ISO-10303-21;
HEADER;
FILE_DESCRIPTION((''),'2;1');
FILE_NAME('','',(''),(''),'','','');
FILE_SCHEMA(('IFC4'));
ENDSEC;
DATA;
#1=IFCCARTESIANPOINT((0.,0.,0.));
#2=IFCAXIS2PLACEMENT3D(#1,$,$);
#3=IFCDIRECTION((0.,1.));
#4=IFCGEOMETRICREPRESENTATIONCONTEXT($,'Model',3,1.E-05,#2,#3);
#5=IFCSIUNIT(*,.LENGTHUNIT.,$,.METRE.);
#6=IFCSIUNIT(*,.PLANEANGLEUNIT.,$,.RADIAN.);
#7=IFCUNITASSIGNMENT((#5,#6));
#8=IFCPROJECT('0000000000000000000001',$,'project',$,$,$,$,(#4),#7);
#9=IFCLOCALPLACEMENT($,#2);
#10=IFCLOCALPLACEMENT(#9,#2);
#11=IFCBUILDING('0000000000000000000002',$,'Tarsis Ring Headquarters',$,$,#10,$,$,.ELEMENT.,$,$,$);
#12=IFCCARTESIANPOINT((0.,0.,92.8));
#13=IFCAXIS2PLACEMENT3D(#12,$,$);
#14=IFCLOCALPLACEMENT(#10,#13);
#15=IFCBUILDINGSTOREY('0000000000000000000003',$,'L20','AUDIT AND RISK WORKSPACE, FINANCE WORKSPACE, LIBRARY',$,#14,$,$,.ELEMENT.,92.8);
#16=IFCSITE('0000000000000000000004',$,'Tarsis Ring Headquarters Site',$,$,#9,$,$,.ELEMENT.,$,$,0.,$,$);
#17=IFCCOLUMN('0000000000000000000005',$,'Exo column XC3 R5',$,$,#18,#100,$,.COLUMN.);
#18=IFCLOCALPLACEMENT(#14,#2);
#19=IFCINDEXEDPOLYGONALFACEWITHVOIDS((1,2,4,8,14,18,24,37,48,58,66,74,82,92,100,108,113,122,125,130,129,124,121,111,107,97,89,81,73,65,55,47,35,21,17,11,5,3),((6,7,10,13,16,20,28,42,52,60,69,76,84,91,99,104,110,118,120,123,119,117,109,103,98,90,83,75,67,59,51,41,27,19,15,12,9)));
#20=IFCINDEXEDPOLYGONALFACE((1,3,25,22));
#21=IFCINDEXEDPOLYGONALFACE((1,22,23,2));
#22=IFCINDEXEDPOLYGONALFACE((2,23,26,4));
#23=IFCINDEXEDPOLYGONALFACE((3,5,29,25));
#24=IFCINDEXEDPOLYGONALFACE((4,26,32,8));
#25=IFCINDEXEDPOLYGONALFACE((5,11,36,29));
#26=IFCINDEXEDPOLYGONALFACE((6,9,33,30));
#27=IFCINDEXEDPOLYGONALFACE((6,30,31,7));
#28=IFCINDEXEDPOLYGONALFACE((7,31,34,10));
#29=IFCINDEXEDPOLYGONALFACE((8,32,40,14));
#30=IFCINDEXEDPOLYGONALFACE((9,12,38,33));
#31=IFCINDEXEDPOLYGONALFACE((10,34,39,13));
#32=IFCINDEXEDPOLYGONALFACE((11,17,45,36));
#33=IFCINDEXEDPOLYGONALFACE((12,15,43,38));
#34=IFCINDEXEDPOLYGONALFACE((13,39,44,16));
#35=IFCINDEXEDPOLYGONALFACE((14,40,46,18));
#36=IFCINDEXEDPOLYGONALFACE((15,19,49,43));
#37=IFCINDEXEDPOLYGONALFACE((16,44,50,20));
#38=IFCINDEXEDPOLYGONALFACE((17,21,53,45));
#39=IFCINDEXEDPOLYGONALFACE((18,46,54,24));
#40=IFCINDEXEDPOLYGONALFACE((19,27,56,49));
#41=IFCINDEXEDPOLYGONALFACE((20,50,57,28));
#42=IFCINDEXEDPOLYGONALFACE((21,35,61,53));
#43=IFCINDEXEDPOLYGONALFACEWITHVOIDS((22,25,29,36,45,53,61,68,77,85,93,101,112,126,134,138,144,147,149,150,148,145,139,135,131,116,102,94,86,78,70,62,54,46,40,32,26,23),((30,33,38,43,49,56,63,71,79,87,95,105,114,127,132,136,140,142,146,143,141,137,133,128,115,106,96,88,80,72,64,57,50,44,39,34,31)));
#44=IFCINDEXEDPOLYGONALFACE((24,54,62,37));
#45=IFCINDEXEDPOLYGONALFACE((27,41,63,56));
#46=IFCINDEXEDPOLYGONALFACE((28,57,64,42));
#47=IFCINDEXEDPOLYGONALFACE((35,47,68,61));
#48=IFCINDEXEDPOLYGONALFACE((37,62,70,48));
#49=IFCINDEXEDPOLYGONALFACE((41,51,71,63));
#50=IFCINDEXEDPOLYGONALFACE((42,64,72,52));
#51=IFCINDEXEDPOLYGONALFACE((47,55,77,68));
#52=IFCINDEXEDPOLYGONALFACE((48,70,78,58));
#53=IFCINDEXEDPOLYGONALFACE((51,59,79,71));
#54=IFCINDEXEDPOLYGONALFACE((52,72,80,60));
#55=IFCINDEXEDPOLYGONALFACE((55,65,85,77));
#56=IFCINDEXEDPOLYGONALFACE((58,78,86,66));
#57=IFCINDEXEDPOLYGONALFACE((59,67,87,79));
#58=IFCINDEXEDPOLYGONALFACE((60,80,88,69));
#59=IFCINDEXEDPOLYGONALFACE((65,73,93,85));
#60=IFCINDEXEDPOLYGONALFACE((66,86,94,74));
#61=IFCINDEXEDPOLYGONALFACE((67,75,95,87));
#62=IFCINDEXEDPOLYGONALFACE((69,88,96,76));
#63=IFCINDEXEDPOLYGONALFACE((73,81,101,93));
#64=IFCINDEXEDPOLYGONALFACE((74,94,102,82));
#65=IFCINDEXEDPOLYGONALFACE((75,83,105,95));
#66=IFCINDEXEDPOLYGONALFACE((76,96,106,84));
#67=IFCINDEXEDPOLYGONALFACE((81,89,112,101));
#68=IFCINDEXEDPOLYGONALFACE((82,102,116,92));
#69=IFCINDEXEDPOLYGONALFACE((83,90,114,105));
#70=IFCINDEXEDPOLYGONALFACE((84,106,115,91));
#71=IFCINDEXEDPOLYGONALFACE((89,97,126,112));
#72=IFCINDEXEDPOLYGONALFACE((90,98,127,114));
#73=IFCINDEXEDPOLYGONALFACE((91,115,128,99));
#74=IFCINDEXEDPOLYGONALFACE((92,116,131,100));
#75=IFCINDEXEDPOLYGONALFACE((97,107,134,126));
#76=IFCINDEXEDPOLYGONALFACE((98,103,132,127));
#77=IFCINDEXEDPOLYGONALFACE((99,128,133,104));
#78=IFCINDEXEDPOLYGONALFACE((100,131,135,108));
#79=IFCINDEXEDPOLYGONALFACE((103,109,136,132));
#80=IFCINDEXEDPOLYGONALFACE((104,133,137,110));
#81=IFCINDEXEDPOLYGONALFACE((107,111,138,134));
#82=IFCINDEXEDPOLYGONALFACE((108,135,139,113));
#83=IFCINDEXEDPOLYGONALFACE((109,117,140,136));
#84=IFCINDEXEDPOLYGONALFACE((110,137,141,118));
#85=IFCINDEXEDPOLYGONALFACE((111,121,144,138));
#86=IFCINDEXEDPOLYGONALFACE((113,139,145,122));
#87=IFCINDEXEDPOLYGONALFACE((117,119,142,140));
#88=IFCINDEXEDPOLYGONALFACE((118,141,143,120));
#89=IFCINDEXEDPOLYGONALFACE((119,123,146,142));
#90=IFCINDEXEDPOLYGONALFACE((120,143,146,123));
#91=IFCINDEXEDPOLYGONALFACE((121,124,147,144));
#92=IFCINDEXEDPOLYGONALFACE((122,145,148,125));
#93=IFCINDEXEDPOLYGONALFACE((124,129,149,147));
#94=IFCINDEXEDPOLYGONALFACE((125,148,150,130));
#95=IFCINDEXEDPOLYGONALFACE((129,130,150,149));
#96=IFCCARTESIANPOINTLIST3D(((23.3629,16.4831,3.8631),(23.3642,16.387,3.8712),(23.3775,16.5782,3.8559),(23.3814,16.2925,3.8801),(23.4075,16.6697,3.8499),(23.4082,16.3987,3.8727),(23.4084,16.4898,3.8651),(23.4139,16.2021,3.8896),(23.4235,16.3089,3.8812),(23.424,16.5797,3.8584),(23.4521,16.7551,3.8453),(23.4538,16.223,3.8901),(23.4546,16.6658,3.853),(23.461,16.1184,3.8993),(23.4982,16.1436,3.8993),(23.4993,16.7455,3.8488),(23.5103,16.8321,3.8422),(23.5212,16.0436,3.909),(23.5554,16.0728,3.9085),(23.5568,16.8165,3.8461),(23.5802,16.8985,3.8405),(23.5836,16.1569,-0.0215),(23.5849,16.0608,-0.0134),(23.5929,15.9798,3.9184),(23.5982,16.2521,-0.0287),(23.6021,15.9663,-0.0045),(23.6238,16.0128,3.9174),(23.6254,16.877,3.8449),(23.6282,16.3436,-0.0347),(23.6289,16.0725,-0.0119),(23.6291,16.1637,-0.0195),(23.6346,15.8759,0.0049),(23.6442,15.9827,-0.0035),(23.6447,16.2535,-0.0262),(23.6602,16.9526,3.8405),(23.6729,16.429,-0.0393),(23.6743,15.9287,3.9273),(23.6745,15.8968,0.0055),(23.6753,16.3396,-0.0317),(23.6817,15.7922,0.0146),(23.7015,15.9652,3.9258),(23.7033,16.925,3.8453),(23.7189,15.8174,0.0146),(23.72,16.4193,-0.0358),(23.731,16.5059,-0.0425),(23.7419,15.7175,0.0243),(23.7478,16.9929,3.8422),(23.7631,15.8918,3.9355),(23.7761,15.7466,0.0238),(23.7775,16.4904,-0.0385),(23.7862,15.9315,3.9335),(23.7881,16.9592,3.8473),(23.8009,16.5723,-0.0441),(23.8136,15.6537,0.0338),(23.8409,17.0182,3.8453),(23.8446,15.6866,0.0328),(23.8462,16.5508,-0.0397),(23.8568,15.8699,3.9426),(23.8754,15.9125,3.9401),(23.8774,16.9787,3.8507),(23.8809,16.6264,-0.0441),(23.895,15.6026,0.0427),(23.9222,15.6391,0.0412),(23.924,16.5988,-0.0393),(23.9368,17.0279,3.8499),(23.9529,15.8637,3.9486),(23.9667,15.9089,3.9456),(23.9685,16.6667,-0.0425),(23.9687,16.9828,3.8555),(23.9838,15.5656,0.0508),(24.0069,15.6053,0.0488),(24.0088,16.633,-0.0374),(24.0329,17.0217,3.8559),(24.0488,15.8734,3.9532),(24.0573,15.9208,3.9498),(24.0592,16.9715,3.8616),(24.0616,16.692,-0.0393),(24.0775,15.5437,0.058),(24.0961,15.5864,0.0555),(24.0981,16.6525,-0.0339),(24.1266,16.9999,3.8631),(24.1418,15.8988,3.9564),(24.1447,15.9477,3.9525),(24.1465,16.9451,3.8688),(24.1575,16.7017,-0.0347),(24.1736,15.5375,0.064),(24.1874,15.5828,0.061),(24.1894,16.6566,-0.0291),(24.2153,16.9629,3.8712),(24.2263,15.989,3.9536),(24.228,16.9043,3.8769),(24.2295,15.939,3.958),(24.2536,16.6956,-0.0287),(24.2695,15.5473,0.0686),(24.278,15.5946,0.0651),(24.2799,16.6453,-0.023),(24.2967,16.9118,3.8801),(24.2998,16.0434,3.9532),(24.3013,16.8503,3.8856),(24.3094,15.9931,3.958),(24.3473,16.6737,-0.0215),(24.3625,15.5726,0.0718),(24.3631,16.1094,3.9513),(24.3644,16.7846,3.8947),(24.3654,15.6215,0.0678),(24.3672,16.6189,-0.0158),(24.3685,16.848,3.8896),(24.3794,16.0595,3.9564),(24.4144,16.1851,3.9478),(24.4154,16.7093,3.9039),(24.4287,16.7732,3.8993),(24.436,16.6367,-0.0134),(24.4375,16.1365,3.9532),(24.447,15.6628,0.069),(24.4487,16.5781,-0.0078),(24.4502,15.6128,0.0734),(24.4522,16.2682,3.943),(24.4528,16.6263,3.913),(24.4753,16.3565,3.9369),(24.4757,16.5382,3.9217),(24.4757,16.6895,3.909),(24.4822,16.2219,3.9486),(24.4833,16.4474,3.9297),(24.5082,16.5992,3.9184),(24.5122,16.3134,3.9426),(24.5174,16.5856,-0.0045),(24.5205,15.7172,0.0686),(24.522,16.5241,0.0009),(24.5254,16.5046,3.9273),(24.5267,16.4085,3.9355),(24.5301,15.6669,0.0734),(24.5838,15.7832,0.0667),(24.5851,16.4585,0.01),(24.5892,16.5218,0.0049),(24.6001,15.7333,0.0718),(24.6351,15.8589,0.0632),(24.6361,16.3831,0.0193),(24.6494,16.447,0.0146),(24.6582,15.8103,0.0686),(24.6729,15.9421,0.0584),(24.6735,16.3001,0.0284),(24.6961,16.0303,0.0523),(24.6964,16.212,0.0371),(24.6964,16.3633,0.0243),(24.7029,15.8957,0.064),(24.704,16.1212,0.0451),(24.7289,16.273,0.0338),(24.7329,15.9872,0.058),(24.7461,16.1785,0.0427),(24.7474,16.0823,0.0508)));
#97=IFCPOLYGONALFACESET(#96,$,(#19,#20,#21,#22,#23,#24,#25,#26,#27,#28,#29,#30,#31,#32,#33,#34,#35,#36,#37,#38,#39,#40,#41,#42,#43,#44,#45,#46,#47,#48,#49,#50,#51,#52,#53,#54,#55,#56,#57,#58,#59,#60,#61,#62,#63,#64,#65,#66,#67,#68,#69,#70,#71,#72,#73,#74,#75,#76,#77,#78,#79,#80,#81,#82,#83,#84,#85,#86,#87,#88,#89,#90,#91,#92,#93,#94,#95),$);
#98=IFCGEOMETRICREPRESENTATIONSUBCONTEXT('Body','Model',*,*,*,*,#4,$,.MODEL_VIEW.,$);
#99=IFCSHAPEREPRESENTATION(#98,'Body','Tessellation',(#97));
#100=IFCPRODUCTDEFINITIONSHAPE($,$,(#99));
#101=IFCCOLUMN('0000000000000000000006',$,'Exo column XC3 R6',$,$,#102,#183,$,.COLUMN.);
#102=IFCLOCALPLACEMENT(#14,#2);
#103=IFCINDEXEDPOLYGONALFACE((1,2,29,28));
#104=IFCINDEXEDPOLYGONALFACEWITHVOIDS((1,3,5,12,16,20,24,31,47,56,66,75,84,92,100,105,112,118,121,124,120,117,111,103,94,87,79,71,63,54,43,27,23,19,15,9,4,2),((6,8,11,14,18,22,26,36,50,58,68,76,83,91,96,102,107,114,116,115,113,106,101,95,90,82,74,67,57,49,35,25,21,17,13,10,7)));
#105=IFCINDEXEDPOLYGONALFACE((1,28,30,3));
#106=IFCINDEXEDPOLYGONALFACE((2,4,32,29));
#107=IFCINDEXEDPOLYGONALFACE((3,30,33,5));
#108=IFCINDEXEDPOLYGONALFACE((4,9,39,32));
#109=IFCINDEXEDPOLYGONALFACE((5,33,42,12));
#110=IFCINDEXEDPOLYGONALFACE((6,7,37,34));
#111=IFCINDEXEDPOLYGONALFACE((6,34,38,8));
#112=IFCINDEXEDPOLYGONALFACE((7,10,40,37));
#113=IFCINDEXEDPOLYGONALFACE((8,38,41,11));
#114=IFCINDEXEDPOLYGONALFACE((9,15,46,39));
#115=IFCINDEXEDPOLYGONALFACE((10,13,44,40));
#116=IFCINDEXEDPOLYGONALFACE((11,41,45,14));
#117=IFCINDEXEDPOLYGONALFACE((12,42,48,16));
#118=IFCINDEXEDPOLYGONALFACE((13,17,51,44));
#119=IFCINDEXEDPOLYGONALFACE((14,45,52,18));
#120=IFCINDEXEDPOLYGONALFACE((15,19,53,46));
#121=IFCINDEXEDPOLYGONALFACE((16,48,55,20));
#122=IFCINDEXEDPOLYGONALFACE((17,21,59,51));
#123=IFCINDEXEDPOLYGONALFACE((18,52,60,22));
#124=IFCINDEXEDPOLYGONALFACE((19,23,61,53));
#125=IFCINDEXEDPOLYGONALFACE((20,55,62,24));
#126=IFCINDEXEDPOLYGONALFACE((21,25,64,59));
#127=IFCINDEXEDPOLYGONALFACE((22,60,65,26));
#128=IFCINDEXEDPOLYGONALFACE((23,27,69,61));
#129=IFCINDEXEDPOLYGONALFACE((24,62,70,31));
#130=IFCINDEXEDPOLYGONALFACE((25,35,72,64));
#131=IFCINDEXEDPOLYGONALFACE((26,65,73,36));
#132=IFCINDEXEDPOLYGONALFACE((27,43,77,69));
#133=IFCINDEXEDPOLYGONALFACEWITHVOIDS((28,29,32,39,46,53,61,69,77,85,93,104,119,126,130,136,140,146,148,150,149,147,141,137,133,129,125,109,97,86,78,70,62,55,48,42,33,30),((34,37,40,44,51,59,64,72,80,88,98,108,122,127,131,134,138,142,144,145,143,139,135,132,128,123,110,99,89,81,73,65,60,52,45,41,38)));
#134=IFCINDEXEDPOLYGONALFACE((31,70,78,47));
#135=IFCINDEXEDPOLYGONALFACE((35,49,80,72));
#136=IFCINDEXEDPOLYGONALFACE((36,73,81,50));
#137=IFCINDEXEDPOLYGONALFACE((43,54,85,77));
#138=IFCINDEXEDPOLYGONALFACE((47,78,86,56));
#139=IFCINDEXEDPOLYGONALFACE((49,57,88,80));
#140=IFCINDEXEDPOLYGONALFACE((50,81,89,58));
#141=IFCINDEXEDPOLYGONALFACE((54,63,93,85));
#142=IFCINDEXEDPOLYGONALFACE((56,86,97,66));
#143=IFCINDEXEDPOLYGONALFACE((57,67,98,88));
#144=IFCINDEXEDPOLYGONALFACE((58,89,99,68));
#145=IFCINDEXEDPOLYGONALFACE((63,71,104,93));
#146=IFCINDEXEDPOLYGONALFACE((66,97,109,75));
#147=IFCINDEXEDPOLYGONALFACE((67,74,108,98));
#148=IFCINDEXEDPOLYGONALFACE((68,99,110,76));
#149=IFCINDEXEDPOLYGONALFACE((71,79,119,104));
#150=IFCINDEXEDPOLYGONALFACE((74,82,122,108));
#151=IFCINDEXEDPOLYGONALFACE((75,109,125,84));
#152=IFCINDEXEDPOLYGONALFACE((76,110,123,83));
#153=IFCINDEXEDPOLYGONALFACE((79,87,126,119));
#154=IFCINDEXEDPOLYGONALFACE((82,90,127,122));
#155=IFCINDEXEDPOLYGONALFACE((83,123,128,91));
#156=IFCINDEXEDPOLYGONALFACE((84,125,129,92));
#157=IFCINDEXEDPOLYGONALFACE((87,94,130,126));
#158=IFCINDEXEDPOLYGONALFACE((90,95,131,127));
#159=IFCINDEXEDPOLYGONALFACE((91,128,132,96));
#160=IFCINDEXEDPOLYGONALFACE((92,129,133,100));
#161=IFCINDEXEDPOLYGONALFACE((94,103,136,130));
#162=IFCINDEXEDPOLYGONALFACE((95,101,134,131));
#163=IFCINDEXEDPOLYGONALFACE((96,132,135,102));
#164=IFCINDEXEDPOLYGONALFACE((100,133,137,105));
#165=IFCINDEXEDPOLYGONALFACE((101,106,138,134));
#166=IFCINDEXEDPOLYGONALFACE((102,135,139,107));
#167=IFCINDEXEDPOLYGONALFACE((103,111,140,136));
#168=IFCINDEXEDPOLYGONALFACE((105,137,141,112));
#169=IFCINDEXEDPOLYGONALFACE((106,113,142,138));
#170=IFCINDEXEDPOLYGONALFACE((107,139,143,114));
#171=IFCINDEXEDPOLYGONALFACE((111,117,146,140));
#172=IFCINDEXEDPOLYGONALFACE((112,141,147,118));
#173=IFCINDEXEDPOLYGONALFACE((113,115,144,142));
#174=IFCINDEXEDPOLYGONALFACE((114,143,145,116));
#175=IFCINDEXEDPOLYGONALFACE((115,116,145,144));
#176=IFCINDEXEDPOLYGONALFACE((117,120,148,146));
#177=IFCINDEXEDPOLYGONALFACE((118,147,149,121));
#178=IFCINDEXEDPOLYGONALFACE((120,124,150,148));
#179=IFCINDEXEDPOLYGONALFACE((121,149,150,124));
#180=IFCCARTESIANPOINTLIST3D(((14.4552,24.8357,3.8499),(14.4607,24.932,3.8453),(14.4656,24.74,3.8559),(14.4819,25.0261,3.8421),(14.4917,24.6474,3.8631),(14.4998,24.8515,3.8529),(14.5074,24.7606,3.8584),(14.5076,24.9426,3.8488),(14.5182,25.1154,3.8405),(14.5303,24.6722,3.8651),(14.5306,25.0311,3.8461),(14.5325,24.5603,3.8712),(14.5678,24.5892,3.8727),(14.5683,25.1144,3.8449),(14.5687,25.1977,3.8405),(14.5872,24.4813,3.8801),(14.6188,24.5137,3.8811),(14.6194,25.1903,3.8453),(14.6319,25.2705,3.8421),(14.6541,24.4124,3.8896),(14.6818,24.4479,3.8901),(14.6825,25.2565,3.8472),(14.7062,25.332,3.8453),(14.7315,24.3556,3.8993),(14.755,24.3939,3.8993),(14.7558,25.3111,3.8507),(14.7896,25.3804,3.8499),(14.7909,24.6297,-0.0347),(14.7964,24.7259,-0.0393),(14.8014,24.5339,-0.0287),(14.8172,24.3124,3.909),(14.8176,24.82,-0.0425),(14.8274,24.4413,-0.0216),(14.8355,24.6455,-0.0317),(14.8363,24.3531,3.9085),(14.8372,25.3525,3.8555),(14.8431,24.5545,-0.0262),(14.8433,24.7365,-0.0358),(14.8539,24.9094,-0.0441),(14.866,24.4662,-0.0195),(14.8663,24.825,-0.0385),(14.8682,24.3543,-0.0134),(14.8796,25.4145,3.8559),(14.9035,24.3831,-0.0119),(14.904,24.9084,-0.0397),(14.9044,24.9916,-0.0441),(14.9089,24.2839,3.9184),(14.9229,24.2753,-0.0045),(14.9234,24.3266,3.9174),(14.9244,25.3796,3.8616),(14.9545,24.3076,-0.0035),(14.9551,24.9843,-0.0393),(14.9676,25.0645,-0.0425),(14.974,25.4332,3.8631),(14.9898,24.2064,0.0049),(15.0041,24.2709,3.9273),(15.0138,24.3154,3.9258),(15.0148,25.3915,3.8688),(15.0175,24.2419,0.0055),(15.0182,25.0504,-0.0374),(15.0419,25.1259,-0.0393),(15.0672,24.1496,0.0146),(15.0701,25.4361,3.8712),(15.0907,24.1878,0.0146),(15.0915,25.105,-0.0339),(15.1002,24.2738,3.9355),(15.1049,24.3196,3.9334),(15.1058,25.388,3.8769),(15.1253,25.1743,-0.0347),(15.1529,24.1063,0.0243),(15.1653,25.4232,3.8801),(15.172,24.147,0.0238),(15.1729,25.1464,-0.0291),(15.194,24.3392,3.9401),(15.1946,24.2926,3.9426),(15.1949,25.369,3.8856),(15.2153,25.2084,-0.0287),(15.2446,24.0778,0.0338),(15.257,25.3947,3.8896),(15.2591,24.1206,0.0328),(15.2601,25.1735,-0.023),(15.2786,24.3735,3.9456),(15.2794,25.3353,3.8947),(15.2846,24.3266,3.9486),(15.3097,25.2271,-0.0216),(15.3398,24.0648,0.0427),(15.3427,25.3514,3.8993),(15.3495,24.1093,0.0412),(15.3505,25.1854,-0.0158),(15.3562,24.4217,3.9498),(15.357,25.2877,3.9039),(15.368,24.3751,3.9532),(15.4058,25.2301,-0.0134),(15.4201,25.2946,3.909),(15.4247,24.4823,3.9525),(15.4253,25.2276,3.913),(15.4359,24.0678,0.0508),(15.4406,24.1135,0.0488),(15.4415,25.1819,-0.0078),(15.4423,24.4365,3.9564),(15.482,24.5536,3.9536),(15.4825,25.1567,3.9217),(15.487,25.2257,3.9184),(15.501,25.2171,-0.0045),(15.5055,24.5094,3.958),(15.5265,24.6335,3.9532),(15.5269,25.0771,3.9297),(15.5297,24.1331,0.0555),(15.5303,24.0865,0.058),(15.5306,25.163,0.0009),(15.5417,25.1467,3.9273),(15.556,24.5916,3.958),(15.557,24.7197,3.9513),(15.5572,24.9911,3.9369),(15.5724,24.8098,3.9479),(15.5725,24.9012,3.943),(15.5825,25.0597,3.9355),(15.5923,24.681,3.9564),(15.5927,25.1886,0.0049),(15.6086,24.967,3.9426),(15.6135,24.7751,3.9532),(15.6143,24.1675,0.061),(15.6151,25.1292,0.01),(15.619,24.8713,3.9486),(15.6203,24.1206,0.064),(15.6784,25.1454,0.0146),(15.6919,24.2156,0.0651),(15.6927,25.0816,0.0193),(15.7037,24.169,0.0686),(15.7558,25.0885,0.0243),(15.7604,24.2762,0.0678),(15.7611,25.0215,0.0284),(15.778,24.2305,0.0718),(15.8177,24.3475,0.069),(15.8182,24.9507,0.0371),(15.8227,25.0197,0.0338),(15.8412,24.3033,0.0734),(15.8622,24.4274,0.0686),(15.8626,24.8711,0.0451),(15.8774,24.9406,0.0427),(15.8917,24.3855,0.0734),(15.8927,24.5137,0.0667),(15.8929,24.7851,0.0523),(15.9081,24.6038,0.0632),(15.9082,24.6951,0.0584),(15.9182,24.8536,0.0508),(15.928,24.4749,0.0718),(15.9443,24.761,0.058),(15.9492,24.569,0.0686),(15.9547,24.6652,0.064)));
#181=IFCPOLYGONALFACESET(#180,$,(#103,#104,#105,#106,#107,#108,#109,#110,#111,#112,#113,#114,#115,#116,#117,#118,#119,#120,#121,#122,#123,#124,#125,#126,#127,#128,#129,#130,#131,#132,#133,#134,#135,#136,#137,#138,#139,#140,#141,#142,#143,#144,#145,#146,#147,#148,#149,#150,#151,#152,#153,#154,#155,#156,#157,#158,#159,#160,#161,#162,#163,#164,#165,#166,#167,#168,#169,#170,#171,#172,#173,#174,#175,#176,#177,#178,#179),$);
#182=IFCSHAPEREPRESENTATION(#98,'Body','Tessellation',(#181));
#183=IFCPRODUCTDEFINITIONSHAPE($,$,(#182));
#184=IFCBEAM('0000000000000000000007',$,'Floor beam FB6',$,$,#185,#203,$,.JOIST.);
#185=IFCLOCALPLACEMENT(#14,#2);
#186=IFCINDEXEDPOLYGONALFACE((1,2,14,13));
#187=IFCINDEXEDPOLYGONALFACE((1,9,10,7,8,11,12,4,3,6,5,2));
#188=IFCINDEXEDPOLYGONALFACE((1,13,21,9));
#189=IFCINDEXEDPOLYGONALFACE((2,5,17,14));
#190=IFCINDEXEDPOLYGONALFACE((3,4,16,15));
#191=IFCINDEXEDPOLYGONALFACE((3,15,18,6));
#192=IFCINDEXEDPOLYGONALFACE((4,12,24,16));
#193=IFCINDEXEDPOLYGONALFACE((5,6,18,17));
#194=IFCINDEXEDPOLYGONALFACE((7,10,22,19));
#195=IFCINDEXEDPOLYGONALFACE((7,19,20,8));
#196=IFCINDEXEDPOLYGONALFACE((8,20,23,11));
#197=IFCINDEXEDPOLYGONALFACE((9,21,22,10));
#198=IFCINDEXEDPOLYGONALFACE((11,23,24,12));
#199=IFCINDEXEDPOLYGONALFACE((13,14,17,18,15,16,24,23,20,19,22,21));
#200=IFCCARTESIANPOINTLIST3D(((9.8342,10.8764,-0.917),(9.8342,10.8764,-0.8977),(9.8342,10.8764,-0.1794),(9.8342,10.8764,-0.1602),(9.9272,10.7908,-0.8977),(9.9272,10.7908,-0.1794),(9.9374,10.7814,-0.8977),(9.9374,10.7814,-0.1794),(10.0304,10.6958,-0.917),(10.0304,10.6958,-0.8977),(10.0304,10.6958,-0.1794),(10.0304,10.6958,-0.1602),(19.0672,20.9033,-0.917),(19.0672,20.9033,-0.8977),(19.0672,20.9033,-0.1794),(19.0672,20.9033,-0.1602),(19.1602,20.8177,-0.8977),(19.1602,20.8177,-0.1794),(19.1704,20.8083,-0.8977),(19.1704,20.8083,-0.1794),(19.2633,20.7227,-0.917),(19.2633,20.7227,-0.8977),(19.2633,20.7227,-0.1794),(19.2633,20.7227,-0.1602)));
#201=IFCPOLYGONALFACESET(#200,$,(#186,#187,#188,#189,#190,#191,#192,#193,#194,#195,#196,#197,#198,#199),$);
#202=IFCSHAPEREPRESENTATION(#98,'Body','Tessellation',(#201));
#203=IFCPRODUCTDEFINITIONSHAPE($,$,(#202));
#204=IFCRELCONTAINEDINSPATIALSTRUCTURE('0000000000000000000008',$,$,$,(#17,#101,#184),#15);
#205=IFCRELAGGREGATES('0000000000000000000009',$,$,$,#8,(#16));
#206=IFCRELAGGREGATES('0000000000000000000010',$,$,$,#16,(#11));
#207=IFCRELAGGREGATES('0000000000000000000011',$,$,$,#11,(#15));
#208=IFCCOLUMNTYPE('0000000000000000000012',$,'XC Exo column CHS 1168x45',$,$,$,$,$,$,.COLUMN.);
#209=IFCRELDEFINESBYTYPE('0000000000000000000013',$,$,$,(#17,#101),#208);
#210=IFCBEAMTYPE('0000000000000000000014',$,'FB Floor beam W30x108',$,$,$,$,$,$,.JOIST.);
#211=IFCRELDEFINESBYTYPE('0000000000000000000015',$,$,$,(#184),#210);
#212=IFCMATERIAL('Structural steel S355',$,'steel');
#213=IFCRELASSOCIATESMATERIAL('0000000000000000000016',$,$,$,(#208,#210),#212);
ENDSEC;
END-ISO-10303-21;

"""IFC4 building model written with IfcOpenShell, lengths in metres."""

from ifc_helpers import new_model, si_unit, direction, frame, origin, origin_2d, place, context, subcontext, project, spatial, hollow_circle, i_section, extrude, material, material_profile, profile_set, type_object, element, save


model = new_model("IFC4")

# Units and contexts
model_context = context("Model", 3, precision=1e-05, world=origin(), true_north=direction((0.0, 1.0)))
body_context = subcontext(model_context, "Body", "Model", "MODEL_VIEW")
ifc_project = project(units=[si_unit("LENGTHUNIT", "METRE"), si_unit("PLANEANGLEUNIT", "RADIAN")], contexts=[model_context])

# Site, building, storey
site_placement = place(None, origin())
site = spatial("IfcSite", under=ifc_project, at=site_placement, Name="Tarsis Ring Headquarters Site", CompositionType="ELEMENT", RefElevation=0.0)
building_placement = place(site_placement, origin())
building = spatial("IfcBuilding", under=site, at=building_placement, Name="Tarsis Ring Headquarters", CompositionType="ELEMENT")
storey_placement = place(building_placement, frame((0.0, 0.0, 92.8)))
storey = spatial("IfcBuildingStorey", under=building, at=storey_placement, Name="L20", Description="AUDIT AND RISK WORKSPACE, FINANCE WORKSPACE, LIBRARY", CompositionType="ELEMENT", Elevation=92.8)

# Columns
ifc_material_1 = material(Name="Structural steel S355", Category="steel")
ifc_material_profile_1 = material_profile(ifc_material_1, hollow_circle(Radius=0.5842, WallThickness=0.0449, at=origin_2d()), Name="CHS 1168x45")
ifc_profile_set_1 = profile_set([ifc_material_profile_1], Name="Structural steel S355")
column_type = type_object("IfcColumnType", Name="XC Exo column CHS 1168x45", PredefinedType="COLUMN", material=ifc_profile_set_1)
for number, where, z_axis, x_axis, name in (
    (1, (24.1655, 16.1196, 0.0146), (-0.056526, 0.083539, 0.9949), (-0.828216, -0.560409, 0.0), "Exo column XC3 R5"),
    (2, (15.3728, 24.6475, 0.0146), (-0.085977, 0.052774, 0.994898), (-0.523129, -0.852254, 0.0), "Exo column XC3 R6"),
):
    element("IfcColumn", number, at=place(storey_placement, frame(where, z_axis=z_axis, x_axis=x_axis)), inside=storey, type_object=column_type, Name=name, PredefinedType="COLUMN", context=body_context, shape_type="SweptSolid", body=[
        extrude(hollow_circle(Radius=0.5842, WallThickness=0.0449, at=origin_2d()), origin(), (0.0, 0.0, 1.0), 3.9045),
    ])

# Beam
ifc_material_profile_2 = material_profile(ifc_material_1, i_section(OverallWidth=0.2666, OverallDepth=0.7568, WebThickness=0.0139, FlangeThickness=0.0193, at=origin_2d()), Name="W30x108")
ifc_profile_set_2 = profile_set([ifc_material_profile_2], Name="Structural steel S355")
beam_type_1 = type_object("IfcBeamType", Name="FB Floor beam W30x108", PredefinedType="JOIST", material=ifc_profile_set_2)
beam_1_placement = place(storey_placement, frame((19.1653, 20.813, -0.5386), z_axis=(-0.677382, -0.735631, 0.0), x_axis=(0.735631, -0.677382, 0.0)))
element("IfcBeam", 3, at=beam_1_placement, inside=storey, type_object=beam_type_1, Name="Floor beam FB6", PredefinedType="JOIST", context=body_context, shape_type="SweptSolid", body=[
    extrude(i_section(OverallWidth=0.2666, OverallDepth=0.7568, WebThickness=0.0139, FlangeThickness=0.0193, at=origin_2d()), origin(), (0.0, 0.0, 1.0), 13.6304),
])

save(model, "model.ifc")
